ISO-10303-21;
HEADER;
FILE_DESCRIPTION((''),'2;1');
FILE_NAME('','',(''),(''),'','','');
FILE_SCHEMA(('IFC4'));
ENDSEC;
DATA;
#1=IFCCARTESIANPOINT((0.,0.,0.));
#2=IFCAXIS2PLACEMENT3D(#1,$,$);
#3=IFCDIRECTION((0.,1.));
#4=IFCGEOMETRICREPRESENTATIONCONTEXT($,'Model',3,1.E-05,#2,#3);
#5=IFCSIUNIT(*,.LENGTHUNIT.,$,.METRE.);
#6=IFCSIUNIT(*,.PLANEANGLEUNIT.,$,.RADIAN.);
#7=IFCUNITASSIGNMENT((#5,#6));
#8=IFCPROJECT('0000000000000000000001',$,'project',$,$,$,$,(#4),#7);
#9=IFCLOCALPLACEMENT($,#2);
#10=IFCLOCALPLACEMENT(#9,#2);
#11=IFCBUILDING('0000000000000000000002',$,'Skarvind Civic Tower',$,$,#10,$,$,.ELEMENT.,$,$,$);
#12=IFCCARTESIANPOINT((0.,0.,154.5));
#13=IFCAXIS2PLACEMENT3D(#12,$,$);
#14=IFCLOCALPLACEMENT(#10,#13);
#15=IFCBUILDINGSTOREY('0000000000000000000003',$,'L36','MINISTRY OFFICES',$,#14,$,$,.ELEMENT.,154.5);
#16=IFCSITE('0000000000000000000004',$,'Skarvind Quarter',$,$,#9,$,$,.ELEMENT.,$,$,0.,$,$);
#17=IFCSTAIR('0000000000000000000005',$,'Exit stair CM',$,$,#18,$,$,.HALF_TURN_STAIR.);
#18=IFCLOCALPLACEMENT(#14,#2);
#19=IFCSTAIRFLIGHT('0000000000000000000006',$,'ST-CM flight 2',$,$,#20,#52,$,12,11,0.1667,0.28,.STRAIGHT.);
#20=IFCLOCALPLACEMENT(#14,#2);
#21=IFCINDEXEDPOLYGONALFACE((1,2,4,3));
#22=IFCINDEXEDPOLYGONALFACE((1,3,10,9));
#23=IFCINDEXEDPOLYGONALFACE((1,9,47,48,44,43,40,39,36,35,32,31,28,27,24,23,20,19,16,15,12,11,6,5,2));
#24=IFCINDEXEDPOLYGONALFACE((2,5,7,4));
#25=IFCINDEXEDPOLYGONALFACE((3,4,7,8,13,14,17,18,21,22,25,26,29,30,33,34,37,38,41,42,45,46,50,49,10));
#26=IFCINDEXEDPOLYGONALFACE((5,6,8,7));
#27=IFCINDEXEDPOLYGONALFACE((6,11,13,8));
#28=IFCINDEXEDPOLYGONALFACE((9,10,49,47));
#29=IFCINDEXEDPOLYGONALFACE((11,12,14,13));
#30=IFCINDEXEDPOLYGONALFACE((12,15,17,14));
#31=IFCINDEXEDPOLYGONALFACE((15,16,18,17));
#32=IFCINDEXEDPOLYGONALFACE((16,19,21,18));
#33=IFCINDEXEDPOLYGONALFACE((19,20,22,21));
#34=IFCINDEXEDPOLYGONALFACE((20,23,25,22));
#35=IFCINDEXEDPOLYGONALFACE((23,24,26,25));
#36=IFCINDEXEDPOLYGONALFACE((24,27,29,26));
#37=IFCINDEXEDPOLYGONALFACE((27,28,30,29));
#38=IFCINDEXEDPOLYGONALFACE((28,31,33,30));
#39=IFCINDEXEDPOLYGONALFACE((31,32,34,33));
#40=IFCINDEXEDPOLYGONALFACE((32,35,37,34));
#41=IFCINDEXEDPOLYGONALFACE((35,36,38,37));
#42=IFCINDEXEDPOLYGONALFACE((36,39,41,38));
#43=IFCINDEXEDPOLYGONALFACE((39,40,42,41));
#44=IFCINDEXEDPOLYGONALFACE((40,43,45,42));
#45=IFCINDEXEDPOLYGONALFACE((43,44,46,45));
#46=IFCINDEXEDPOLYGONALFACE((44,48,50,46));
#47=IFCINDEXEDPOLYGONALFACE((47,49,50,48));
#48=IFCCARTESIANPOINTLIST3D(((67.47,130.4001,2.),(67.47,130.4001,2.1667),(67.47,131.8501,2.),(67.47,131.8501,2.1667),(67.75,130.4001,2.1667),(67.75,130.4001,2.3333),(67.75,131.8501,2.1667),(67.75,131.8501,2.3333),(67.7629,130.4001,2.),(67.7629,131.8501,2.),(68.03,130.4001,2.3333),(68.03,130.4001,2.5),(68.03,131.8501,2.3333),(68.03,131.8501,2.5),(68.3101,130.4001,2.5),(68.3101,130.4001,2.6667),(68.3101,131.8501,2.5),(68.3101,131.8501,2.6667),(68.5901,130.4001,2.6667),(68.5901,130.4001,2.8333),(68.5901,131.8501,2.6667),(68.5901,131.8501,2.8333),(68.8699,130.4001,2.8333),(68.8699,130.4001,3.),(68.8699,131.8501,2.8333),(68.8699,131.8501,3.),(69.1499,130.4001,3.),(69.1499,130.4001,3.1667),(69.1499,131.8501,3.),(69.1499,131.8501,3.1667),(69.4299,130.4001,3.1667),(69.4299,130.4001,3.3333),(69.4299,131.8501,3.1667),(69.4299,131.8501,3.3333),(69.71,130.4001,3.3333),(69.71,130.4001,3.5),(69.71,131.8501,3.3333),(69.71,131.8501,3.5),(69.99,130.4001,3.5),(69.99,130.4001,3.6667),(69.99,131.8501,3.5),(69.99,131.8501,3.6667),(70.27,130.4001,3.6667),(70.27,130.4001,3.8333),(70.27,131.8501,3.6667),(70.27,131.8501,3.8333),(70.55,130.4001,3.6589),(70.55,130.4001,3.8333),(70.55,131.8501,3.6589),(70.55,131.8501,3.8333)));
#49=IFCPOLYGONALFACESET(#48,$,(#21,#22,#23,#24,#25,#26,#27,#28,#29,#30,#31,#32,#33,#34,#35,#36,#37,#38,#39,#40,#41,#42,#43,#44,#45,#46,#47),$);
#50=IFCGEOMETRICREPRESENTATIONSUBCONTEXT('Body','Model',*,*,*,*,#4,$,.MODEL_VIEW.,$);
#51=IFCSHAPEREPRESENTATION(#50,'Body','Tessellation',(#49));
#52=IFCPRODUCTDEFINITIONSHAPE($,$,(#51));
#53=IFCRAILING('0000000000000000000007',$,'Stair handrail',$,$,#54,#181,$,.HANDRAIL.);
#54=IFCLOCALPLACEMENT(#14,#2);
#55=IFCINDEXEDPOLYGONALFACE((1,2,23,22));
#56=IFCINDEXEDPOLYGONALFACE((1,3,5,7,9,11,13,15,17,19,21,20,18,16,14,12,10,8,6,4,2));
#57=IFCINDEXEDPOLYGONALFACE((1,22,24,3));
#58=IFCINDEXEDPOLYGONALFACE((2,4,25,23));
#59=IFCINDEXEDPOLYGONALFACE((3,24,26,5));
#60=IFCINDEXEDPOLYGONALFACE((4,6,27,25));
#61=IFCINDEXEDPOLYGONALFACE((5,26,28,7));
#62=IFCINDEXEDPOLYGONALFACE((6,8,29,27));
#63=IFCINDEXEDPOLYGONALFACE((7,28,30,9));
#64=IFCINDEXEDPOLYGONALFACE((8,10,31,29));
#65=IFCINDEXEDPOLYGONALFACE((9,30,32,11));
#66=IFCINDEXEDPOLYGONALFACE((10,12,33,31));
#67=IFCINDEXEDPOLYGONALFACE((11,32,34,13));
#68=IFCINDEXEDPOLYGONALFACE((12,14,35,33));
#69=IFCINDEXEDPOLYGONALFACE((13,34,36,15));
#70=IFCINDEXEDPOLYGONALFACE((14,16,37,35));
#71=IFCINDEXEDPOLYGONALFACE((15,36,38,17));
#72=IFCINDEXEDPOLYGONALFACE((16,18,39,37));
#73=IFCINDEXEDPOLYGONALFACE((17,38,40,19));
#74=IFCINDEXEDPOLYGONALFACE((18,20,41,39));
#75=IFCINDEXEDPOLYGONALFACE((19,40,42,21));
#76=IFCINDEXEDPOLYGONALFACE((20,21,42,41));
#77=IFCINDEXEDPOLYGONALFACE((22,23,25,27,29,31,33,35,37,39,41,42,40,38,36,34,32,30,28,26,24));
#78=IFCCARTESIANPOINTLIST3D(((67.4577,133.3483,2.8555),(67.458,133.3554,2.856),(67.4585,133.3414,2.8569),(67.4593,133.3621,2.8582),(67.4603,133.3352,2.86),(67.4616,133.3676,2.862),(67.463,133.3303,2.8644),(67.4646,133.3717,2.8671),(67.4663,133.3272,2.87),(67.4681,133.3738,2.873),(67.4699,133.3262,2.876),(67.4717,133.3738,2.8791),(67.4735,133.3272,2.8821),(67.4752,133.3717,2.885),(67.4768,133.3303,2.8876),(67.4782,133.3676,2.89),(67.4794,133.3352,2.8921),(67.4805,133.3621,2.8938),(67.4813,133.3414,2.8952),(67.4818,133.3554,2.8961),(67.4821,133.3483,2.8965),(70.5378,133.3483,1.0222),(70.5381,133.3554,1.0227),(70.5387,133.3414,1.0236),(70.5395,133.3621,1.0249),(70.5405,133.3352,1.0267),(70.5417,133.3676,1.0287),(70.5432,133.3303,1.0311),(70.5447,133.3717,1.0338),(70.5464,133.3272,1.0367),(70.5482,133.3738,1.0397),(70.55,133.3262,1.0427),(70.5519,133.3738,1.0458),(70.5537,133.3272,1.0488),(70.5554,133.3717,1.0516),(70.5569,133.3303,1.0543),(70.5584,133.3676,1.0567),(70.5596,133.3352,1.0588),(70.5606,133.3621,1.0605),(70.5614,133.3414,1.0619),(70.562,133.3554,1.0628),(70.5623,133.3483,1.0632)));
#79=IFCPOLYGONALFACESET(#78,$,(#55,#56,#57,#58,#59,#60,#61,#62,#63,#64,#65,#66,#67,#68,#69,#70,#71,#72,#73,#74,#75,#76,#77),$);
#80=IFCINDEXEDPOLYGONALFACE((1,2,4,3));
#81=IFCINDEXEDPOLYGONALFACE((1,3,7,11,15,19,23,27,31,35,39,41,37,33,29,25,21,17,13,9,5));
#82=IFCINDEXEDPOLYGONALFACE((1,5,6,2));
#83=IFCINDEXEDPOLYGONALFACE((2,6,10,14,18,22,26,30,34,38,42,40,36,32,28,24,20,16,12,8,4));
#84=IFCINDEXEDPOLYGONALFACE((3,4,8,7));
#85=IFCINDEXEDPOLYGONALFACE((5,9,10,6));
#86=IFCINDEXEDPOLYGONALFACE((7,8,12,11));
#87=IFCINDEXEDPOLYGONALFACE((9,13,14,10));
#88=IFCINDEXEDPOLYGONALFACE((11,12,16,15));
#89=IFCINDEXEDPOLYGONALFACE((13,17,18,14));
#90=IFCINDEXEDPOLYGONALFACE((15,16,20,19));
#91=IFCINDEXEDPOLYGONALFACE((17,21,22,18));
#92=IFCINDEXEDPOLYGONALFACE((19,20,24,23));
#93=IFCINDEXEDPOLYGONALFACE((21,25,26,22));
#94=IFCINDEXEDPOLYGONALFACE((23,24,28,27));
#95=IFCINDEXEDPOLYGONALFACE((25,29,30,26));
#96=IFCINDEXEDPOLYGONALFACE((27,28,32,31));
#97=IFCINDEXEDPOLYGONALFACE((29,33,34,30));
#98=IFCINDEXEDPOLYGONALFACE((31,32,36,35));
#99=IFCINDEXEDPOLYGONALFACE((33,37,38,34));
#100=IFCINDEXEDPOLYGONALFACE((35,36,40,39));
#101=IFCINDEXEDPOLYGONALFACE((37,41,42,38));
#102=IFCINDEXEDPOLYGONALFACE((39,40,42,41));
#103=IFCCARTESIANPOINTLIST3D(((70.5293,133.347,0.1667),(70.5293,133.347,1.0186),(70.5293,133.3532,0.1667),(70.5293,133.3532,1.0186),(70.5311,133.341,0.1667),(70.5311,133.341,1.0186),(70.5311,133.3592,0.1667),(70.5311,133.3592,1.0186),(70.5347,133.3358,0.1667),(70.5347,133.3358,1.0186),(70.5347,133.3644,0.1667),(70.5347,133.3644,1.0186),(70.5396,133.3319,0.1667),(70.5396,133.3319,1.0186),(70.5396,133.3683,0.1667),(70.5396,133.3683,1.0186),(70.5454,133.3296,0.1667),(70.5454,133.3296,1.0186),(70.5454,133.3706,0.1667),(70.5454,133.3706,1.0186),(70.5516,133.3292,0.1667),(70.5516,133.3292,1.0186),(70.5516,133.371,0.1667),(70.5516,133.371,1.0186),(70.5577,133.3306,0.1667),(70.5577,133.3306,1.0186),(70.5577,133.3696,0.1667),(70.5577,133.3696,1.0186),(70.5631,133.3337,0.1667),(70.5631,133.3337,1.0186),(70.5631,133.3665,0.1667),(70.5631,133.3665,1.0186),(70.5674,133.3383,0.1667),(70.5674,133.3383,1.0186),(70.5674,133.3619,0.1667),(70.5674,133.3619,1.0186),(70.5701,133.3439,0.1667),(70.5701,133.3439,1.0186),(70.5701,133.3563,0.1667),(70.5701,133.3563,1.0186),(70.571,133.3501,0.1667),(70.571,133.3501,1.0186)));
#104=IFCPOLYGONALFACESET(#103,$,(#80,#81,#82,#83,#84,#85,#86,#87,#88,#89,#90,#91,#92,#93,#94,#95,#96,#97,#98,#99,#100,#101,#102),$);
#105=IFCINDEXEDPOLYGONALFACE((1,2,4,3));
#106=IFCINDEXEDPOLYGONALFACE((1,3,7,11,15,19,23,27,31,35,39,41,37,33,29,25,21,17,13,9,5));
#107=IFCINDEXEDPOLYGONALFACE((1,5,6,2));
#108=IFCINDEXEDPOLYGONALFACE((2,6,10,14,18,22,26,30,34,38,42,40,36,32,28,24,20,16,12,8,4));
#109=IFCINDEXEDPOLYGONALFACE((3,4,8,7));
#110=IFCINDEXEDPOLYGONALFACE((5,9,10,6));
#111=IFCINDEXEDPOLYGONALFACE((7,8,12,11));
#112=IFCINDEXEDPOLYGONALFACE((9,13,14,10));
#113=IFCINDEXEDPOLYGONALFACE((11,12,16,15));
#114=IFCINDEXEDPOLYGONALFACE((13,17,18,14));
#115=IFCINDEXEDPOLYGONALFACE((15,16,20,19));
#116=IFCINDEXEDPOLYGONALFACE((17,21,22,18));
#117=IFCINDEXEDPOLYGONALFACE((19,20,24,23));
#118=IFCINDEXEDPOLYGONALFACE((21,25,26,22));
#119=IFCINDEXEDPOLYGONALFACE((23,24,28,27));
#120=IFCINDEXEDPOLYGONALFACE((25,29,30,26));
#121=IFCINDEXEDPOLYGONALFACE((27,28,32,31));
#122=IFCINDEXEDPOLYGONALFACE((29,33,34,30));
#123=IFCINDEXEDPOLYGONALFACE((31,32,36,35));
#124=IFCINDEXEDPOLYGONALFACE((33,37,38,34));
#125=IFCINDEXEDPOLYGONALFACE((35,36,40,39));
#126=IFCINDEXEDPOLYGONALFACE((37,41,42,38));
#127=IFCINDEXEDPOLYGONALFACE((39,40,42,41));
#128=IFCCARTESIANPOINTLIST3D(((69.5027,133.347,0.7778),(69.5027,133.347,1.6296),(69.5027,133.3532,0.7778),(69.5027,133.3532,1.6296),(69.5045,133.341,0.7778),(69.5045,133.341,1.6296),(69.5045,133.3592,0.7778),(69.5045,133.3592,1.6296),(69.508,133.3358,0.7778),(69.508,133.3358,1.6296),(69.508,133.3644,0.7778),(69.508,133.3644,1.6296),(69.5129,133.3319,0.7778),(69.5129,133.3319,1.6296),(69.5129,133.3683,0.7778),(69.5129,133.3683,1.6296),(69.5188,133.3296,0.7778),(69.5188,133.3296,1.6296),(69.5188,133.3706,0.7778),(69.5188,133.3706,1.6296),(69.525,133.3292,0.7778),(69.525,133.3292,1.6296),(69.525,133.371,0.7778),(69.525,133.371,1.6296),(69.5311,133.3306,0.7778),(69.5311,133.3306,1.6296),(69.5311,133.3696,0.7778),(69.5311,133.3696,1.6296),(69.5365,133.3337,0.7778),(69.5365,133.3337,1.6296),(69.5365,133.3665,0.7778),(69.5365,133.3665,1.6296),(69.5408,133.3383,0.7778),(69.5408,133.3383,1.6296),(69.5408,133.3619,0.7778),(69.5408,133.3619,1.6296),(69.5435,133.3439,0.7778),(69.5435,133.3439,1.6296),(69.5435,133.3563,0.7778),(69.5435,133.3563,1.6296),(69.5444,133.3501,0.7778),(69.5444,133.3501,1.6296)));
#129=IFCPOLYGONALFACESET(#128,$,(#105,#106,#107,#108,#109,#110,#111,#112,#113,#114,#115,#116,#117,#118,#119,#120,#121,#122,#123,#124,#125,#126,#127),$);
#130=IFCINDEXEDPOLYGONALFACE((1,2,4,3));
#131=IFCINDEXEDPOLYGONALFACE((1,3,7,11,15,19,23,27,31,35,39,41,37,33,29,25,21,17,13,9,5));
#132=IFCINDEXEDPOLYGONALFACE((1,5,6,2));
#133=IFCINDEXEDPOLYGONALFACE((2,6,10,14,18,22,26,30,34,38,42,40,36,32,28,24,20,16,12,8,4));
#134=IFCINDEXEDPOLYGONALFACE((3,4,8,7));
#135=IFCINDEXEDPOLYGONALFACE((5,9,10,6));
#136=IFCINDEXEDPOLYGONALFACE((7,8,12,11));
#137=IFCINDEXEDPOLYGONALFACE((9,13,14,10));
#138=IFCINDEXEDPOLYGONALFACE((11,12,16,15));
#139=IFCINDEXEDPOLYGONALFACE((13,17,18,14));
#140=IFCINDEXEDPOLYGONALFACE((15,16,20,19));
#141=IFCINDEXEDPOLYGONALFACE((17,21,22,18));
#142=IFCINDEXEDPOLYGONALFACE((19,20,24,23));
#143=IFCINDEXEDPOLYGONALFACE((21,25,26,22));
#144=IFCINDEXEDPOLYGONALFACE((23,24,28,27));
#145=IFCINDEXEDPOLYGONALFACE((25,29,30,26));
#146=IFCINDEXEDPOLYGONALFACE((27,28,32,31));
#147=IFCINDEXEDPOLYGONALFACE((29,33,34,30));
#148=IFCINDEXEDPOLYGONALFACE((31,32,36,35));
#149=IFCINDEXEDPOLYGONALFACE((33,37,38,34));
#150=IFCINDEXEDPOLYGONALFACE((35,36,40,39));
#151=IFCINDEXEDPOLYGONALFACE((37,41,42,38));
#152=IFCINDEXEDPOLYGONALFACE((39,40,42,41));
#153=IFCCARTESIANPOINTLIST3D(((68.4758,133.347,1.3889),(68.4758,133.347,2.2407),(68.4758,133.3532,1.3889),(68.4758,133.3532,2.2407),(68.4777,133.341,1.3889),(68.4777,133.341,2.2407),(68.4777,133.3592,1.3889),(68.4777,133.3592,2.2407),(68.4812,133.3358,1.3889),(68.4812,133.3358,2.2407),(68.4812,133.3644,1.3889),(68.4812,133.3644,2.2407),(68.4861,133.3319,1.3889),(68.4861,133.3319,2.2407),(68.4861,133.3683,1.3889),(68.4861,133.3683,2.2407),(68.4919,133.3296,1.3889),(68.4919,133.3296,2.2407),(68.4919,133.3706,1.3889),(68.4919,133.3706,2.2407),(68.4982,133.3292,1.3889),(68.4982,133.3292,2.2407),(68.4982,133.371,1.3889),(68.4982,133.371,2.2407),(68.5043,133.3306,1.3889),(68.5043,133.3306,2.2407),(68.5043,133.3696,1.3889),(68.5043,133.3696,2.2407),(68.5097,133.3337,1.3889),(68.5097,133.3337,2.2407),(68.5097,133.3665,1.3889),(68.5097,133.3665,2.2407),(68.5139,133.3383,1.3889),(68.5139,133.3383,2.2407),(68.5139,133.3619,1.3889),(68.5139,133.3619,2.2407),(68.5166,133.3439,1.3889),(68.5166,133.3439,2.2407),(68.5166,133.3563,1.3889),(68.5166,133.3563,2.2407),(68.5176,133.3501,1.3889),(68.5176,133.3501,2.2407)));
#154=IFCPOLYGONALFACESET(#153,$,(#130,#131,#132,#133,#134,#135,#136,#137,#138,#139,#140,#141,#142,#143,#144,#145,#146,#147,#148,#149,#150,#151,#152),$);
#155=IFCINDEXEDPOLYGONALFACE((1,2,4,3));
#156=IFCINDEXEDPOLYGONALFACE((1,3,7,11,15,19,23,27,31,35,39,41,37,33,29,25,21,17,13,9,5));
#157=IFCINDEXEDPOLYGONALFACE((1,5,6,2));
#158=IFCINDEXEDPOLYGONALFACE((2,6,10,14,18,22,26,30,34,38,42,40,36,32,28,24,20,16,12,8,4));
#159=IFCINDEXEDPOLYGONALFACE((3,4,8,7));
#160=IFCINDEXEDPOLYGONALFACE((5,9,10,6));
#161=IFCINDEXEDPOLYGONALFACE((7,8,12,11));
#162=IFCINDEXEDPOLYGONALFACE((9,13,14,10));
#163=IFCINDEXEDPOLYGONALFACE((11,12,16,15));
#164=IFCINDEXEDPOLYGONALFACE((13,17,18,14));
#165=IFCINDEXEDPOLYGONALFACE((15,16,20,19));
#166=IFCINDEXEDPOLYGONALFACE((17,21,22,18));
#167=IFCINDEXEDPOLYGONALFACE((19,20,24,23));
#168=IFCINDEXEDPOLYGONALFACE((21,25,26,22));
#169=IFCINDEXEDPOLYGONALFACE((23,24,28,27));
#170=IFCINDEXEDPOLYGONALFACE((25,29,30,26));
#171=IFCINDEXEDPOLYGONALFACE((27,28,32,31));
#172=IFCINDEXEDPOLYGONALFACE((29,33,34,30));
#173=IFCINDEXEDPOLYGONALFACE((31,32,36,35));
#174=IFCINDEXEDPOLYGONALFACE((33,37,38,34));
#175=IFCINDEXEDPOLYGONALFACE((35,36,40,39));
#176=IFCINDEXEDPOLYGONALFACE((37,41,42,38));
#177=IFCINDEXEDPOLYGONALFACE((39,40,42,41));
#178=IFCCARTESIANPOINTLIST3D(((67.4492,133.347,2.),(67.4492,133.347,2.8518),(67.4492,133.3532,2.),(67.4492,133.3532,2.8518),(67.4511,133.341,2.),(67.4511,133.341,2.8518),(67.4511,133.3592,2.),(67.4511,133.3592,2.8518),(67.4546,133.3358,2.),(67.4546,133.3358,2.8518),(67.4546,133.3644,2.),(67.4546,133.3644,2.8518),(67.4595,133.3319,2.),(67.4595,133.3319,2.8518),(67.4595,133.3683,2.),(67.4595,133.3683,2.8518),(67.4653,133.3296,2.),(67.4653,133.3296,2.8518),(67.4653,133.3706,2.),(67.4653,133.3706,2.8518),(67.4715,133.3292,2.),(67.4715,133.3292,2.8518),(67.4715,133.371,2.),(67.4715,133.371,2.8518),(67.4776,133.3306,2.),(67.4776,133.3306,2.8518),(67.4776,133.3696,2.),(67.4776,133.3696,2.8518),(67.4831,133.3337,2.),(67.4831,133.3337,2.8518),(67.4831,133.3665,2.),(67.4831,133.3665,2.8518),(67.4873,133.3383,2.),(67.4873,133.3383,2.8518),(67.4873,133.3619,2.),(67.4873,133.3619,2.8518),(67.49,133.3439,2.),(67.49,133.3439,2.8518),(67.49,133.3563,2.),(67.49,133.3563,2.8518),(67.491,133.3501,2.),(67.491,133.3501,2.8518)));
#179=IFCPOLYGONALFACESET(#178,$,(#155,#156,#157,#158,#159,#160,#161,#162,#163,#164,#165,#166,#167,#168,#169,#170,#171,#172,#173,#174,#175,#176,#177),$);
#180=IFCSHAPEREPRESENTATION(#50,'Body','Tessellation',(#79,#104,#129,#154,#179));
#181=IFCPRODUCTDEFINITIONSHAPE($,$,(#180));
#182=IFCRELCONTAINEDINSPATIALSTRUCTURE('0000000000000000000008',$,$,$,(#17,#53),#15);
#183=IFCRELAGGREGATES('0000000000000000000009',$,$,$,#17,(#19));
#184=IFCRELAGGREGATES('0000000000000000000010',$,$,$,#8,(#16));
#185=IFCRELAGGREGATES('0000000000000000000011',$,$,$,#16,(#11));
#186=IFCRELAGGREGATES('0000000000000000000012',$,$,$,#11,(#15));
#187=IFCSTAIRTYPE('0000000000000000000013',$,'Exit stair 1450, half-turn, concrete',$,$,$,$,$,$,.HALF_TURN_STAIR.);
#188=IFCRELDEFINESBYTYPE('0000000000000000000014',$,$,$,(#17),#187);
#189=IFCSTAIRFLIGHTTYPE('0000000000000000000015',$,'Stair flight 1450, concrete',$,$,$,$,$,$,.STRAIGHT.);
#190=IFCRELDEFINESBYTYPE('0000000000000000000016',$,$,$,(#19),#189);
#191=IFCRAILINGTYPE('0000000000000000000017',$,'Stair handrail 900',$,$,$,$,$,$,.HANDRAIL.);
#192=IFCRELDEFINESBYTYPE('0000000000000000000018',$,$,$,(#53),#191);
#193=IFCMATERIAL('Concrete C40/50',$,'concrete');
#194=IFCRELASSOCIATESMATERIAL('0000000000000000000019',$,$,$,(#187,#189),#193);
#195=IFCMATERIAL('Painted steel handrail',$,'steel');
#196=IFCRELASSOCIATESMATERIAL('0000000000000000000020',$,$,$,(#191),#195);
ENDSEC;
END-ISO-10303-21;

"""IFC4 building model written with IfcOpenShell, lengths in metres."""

from ifc_helpers import new_model, si_unit, direction, frame, origin, origin_2d, place, context, subcontext, project, spatial, polyline, circle, outline, extrude, material, type_object, element, aggregate, save


model = new_model("IFC4")

# Units and contexts
model_context = context("Model", 3, precision=1e-05, world=origin(), true_north=direction((0.0, 1.0)))
body_context = subcontext(model_context, "Body", "Model", "MODEL_VIEW")
ifc_project = project(units=[si_unit("LENGTHUNIT", "METRE"), si_unit("PLANEANGLEUNIT", "RADIAN")], contexts=[model_context])

# Site, building, storey
site_placement = place(None, origin())
site = spatial("IfcSite", under=ifc_project, at=site_placement, Name="Skarvind Quarter", CompositionType="ELEMENT", RefElevation=0.0)
building_placement = place(site_placement, origin())
building = spatial("IfcBuilding", under=site, at=building_placement, Name="Skarvind Civic Tower", CompositionType="ELEMENT")
storey_placement = place(building_placement, frame((0.0, 0.0, 154.5)))
storey = spatial("IfcBuildingStorey", under=building, at=storey_placement, Name="L36", Description="MINISTRY OFFICES", CompositionType="ELEMENT", Elevation=154.5)

# Stair, stair flight
ifc_material_1 = material(Name="Concrete C40/50", Category="concrete")
stair_type = type_object("IfcStairType", Name="Exit stair 1450, half-turn, concrete", PredefinedType="HALF_TURN_STAIR", material=ifc_material_1)
stair_placement = place(storey_placement, origin())
stair = element("IfcStair", 1, at=stair_placement, inside=storey, type_object=stair_type, Name="Exit stair CM", PredefinedType="HALF_TURN_STAIR")
stair_flight_type = type_object("IfcStairFlightType", Name="Stair flight 1450, concrete", PredefinedType="STRAIGHT", material=ifc_material_1)
stair_flight_1_placement = place(storey_placement, frame((67.47, 131.125, 2.0), z_axis=(0.0, 0.0, 1.0), x_axis=(1.0, 0.0, 0.0)))
stair_flight_1 = element("IfcStairFlight", 2, at=stair_flight_1_placement, type_object=stair_flight_type, Name="ST-CM flight 2", NumberOfRisers=12, NumberOfTreads=11, PredefinedType="STRAIGHT", RiserHeight=0.1667, TreadLength=0.28, context=body_context, shape_type="SweptSolid", body=[
    extrude(outline(polyline([(0.0, 0.0), (0.0, 0.1667), (0.28, 0.1667), (0.28, 0.3333), (0.5601, 0.3333), (0.5601, 0.5), (0.8401, 0.5), (0.8401, 0.6667), (1.1201, 0.6667), (1.1201, 0.8333), (1.3999, 0.8333), (1.3999, 1.0), (1.6799, 1.0), (1.6799, 1.1667), (1.96, 1.1667), (1.96, 1.3333), (2.24, 1.3333), (2.24, 1.5), (2.52, 1.5), (2.52, 1.6667), (2.8, 1.6667), (2.8, 1.8333), (3.0801, 1.8333), (3.0801, 2.0), (3.0801, 1.6589), (0.293, 0.0), (0.0, 0.0)])), frame((0.0, 0.7251, 0.0), z_axis=(0.0, -1.0, 0.0), x_axis=(1.0, 0.0, 0.0)), (0.0, 0.0, 1.0), 1.45),
])
aggregate(stair, [stair_flight_1])

# Railing
ifc_material_2 = material(Name="Painted steel handrail", Category="steel")
railing_type_1 = type_object("IfcRailingType", Name="Stair handrail 900", PredefinedType="HANDRAIL", material=ifc_material_2)
railing_1_placement = place(storey_placement, frame((70.55, 133.3501, 0.1667)))
element("IfcRailing", 3, at=railing_1_placement, inside=storey, type_object=railing_type_1, Name="Stair handrail", PredefinedType="HANDRAIL", context=body_context, shape_type="SweptSolid", body=[
    extrude(circle(Radius=0.0239, at=origin_2d()), frame((0.0, 0.0, 0.876), z_axis=(-0.859309, 0.0, 0.511458), x_axis=(0.0, -1.0, 0.0)), (0.0, 0.0, 1.0), 3.5845),
    extrude(circle(Radius=0.021, at=origin_2d()), origin(), (0.0, 0.0, 1.0), 0.8518),
    extrude(circle(Radius=0.021, at=origin_2d()), frame((-1.0266, 0.0, 0.6111)), (0.0, 0.0, 1.0), 0.8518),
    extrude(circle(Radius=0.021, at=origin_2d()), frame((-2.0535, 0.0, 1.2222)), (0.0, 0.0, 1.0), 0.8518),
    extrude(circle(Radius=0.021, at=origin_2d()), frame((-3.0801, 0.0, 1.8333)), (0.0, 0.0, 1.0), 0.8518),
])

save(model, "model.ifc")
